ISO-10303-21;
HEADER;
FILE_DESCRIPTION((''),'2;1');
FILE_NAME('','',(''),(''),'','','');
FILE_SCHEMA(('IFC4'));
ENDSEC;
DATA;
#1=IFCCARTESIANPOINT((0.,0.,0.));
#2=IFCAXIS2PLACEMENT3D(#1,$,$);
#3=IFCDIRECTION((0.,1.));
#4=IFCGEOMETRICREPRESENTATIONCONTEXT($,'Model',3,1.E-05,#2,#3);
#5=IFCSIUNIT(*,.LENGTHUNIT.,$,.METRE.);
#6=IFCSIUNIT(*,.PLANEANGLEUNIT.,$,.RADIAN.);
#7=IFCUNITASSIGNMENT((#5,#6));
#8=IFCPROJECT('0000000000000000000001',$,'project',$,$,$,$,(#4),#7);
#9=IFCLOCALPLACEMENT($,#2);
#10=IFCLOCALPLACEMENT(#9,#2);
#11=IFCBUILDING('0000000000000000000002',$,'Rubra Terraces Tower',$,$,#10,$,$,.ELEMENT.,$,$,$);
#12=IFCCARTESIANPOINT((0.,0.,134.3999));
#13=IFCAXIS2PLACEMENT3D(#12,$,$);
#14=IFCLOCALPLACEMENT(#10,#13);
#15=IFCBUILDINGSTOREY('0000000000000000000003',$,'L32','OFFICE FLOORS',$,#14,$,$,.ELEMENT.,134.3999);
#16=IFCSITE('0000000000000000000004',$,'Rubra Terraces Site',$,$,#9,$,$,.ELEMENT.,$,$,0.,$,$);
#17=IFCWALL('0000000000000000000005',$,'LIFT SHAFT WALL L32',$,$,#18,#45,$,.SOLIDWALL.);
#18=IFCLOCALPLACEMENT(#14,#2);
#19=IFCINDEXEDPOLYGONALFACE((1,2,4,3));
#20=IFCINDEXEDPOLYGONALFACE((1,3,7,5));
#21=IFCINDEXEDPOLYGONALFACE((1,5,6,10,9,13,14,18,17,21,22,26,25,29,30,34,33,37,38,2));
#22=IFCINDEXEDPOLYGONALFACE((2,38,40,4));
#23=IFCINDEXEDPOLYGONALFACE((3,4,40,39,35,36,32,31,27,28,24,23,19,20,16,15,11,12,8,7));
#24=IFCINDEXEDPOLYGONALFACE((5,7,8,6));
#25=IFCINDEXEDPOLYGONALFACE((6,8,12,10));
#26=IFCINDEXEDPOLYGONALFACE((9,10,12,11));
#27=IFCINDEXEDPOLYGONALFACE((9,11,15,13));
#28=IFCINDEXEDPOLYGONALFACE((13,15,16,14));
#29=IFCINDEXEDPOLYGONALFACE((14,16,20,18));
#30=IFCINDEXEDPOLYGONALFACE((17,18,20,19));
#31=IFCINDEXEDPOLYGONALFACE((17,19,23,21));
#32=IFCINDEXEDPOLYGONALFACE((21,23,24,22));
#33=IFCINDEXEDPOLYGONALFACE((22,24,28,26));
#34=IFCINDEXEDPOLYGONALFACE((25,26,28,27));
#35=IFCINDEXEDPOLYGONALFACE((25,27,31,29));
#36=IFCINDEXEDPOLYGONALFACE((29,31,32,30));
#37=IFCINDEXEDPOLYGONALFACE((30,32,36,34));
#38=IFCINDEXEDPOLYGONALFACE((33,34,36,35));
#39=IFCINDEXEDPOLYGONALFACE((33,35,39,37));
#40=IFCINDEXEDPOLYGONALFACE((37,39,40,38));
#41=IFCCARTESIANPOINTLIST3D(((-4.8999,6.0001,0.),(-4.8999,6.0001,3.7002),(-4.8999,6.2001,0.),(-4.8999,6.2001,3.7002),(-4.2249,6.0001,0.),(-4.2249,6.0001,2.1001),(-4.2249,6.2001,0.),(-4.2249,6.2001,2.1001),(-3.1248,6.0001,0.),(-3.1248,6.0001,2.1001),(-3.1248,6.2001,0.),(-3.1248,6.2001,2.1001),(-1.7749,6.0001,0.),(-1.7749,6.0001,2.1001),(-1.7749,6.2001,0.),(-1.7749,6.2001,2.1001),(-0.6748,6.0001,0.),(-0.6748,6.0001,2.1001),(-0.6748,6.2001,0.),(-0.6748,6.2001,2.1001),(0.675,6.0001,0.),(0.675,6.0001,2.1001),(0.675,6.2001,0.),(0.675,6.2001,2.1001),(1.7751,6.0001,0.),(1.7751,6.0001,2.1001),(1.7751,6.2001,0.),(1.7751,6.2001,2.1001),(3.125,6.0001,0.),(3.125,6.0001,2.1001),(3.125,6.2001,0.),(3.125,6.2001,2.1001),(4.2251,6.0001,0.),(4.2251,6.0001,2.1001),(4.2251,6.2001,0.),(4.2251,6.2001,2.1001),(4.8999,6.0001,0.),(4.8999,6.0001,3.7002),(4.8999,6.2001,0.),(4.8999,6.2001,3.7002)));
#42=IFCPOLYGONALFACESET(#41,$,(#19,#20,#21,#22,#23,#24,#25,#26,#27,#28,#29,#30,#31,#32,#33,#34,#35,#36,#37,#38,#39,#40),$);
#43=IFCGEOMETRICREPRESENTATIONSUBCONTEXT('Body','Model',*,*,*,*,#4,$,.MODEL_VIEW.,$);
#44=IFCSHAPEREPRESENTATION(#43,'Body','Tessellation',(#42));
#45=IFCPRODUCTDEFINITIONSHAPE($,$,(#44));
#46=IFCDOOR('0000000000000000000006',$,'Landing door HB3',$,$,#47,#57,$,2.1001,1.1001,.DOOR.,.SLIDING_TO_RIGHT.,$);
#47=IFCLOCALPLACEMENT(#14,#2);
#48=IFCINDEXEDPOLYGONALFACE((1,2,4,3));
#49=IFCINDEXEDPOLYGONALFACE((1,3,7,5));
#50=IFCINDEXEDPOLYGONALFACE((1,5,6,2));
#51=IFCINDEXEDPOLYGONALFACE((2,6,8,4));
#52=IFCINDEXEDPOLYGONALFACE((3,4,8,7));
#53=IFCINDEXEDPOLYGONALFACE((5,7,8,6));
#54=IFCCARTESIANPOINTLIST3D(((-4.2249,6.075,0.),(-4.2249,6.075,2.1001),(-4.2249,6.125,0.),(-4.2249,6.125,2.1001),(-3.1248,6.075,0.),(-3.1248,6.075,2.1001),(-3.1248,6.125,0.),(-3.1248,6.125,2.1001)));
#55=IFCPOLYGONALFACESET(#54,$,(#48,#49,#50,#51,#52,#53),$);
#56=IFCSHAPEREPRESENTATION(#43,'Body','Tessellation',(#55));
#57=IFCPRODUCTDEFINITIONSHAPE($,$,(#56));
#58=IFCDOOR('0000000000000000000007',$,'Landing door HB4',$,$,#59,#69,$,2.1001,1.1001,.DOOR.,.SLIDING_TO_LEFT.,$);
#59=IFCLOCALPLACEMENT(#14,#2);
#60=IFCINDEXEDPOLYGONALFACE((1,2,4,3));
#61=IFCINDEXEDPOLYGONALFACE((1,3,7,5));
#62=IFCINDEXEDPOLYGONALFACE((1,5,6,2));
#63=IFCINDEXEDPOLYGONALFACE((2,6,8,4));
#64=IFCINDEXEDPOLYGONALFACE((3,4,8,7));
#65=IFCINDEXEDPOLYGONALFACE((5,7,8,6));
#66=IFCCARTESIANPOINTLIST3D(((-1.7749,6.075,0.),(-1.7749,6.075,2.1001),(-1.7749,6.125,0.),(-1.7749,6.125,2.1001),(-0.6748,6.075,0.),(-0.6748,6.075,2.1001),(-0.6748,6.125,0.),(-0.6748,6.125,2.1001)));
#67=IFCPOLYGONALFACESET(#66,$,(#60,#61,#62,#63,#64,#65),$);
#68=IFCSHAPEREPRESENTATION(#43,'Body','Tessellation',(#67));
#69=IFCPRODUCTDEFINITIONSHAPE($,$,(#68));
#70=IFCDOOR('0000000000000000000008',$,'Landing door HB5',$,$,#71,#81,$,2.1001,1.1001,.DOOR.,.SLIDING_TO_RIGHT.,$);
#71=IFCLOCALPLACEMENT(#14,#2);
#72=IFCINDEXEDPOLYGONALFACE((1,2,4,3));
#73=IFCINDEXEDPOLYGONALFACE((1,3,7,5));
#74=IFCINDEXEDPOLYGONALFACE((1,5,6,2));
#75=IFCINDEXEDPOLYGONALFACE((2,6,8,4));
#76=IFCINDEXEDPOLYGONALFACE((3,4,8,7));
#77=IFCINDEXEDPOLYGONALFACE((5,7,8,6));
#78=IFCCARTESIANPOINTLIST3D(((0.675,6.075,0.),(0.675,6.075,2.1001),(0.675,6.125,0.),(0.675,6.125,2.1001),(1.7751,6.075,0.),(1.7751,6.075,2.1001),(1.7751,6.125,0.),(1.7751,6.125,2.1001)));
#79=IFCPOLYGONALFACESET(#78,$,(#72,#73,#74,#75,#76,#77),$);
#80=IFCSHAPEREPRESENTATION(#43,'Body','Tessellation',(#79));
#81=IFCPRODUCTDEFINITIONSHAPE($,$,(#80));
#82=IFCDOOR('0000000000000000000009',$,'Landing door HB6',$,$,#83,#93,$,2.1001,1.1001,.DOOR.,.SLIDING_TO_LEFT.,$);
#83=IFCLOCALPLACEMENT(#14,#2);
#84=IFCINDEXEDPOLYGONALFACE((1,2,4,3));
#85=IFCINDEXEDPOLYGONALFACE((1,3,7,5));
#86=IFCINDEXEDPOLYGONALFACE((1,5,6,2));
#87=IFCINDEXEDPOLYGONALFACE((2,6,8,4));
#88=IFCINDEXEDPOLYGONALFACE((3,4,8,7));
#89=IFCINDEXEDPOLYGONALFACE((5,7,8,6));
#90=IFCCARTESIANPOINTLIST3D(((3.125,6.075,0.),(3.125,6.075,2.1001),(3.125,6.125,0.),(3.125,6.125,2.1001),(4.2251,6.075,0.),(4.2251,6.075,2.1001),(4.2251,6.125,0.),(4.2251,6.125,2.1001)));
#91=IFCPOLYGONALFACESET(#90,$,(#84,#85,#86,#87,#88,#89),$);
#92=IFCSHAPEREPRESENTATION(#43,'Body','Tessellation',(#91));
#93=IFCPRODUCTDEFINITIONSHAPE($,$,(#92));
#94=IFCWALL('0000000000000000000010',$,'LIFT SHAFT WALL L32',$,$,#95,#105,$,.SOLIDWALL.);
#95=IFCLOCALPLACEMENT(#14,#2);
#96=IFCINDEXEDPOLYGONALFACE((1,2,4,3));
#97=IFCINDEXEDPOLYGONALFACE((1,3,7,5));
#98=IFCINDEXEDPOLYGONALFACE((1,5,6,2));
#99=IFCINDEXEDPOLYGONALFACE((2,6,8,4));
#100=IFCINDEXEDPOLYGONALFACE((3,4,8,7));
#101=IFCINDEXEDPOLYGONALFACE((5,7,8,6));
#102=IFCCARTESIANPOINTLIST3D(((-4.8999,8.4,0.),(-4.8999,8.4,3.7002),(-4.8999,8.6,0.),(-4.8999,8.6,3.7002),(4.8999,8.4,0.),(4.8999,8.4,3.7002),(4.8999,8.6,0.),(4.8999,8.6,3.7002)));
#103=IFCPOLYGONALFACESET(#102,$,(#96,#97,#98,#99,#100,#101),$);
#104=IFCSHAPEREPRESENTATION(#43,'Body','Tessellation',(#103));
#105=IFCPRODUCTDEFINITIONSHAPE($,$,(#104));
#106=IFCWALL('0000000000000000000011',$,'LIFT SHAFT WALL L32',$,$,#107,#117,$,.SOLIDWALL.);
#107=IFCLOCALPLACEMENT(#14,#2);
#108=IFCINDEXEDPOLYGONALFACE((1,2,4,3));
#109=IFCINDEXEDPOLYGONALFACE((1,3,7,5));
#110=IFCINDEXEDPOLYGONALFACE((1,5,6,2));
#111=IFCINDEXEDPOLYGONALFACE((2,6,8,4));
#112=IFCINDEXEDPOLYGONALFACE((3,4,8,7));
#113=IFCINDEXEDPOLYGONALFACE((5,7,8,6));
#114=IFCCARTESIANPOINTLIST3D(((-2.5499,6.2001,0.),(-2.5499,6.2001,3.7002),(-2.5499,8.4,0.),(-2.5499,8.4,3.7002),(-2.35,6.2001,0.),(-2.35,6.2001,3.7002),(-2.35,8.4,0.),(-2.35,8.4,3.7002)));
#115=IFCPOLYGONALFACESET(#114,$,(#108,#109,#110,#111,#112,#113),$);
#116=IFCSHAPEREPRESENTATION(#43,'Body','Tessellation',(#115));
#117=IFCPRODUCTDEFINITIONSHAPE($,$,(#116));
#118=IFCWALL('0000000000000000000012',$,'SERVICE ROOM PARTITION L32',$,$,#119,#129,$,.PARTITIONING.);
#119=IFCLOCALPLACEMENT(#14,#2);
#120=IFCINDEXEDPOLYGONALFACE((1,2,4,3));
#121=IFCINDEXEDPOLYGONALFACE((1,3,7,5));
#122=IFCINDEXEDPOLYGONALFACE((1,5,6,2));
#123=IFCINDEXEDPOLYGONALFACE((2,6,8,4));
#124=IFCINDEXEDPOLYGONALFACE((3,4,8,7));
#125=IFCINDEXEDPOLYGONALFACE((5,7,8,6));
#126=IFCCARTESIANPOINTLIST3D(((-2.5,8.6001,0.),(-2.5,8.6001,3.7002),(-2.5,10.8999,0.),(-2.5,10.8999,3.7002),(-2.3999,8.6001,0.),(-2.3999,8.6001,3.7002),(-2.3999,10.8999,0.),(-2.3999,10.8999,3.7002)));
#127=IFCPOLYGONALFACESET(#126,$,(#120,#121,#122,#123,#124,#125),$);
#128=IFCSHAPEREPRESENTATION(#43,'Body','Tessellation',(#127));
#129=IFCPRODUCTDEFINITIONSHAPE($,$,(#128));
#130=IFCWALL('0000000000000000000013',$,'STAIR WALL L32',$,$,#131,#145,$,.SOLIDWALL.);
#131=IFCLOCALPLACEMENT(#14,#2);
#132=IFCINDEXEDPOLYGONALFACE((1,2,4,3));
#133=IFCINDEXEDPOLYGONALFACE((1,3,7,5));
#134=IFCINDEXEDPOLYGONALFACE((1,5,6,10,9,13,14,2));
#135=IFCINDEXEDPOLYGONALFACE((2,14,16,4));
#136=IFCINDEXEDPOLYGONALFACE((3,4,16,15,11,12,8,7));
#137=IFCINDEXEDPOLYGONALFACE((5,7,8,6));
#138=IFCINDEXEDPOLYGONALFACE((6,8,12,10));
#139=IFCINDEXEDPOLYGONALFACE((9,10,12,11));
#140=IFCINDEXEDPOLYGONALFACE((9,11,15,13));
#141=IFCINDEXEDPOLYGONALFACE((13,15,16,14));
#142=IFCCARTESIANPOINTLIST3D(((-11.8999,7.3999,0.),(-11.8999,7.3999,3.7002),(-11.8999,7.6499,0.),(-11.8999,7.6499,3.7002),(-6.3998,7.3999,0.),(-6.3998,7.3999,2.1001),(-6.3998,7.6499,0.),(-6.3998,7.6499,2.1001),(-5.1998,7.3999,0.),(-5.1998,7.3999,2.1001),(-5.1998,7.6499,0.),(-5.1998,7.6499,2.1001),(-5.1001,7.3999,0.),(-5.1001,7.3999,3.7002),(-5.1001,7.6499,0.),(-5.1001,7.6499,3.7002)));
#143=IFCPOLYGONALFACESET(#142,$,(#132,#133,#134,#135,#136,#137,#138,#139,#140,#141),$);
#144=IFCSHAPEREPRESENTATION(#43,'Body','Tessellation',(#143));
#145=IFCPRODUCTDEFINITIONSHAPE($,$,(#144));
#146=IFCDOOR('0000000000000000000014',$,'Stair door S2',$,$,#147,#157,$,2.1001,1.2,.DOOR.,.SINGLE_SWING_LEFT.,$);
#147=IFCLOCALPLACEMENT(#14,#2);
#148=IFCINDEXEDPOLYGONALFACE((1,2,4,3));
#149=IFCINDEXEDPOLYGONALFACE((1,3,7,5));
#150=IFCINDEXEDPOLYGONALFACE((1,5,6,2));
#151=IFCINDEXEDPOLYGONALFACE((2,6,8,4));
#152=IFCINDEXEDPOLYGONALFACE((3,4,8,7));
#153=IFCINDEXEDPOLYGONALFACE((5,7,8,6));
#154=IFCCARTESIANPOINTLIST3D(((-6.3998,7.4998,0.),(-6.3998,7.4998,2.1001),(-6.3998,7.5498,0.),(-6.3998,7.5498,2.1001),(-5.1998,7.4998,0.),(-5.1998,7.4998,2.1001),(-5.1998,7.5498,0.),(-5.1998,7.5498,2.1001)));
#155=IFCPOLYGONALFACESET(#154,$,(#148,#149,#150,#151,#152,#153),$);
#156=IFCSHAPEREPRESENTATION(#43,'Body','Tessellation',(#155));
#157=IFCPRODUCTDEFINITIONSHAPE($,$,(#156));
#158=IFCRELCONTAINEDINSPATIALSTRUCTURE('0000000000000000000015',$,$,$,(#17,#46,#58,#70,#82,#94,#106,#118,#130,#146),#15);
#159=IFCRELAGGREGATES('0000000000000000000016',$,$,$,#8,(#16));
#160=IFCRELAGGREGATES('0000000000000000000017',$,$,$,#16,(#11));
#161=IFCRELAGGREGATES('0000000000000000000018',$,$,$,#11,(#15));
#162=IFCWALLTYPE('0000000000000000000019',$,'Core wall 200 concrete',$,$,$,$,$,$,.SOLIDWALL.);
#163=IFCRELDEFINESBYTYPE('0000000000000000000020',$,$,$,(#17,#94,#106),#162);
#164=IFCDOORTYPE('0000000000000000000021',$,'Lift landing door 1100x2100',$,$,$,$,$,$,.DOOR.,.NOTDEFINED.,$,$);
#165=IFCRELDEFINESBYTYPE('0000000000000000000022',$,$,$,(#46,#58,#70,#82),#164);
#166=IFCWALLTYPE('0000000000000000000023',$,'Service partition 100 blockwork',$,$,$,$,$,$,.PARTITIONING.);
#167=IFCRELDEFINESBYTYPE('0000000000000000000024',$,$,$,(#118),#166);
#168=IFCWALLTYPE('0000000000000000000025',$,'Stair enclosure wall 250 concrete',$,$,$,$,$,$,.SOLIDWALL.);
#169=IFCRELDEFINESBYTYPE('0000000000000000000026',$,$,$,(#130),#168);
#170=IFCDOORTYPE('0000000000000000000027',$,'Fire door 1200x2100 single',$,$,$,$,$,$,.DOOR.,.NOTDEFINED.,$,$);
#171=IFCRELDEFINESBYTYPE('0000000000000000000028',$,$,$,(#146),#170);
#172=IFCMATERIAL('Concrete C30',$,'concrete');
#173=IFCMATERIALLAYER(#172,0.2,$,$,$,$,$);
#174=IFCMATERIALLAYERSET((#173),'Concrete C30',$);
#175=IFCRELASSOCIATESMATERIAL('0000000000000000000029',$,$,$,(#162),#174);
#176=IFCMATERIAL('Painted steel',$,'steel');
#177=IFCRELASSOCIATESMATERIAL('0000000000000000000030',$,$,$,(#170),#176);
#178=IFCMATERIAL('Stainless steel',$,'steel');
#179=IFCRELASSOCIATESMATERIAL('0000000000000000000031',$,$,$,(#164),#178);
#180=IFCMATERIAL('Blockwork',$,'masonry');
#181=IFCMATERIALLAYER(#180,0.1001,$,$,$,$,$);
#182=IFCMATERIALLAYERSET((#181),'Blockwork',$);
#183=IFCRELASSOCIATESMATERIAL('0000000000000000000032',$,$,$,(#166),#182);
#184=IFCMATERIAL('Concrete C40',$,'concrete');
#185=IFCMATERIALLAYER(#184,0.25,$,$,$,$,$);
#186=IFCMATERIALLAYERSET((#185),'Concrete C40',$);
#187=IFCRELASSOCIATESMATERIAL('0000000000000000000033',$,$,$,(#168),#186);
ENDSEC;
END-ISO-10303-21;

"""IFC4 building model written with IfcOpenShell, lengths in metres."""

from ifc_helpers import new_model, si_unit, direction, frame, frame_2d, origin, place, context, subcontext, project, spatial, rectangle, extrude, material, layer, layer_set, type_object, element, fill, save


model = new_model("IFC4")

# Units and contexts
model_context = context("Model", 3, precision=1e-05, world=origin(), true_north=direction((0.0, 1.0)))
body_context = subcontext(model_context, "Body", "Model", "MODEL_VIEW")
ifc_project = project(units=[si_unit("LENGTHUNIT", "METRE"), si_unit("PLANEANGLEUNIT", "RADIAN")], contexts=[model_context])

# Site, building, storey
site_placement = place(None, origin())
site = spatial("IfcSite", under=ifc_project, at=site_placement, Name="Rubra Terraces Site", CompositionType="ELEMENT", RefElevation=0.0)
building_placement = place(site_placement, origin())
building = spatial("IfcBuilding", under=site, at=building_placement, Name="Rubra Terraces Tower", CompositionType="ELEMENT")
storey_placement = place(building_placement, frame((0.0, 0.0, 134.3999)))
storey = spatial("IfcBuildingStorey", under=building, at=storey_placement, Name="L32", Description="OFFICE FLOORS", CompositionType="ELEMENT", Elevation=134.3999)

# Shared definitions
ifc_material_1 = material(Name="Concrete C40", Category="concrete")

# Shared definitions
ifc_material_2 = material(Name="Concrete C30", Category="concrete")
ifc_layer_1 = layer(ifc_material_2, 0.2)
ifc_layer_set_1 = layer_set([ifc_layer_1], Name="Concrete C30")
wall_type_1 = type_object("IfcWallType", Name="Core wall 200 concrete", PredefinedType="SOLIDWALL", material=ifc_layer_set_1)
ifc_material_3 = material(Name="Painted steel", Category="steel")
door_type_1 = type_object("IfcDoorType", Name="Fire door 1200x2100 single", OperationType="NOTDEFINED", PredefinedType="DOOR", material=ifc_material_3)
ifc_material_4 = material(Name="Stainless steel", Category="steel")

# Wall, openings, doors
door_type_2 = type_object("IfcDoorType", Name="Lift landing door 1100x2100", OperationType="NOTDEFINED", PredefinedType="DOOR", material=ifc_material_4)
wall_1_placement = place(storey_placement, frame((-4.8999, 6.1001, 0.0), z_axis=(0.0, 0.0, 1.0), x_axis=(1.0, 0.0, 0.0)))
wall_1 = element("IfcWall", 1, at=wall_1_placement, inside=storey, type_object=wall_type_1, Name="LIFT SHAFT WALL L32", PredefinedType="SOLIDWALL", context=body_context, shape_type="SweptSolid", body=[
    extrude(rectangle(XDim=9.7998, YDim=0.2, at=frame_2d((4.8999, 0.0))), origin(), (0.0, 0.0, 1.0), 3.7002),
])
opening_1_placement = place(wall_1_placement, frame((0.675, 0.0, 0.0)))
opening_1 = element("IfcOpeningElement", 2, at=opening_1_placement, cuts=wall_1, PredefinedType="OPENING", context=body_context, shape_type="SweptSolid", body=[
    extrude(rectangle(XDim=1.1001, YDim=2.1001, at=frame_2d((0.55, 1.05))), frame((0.0, 0.1099, 0.0), z_axis=(0.0, -1.0, 0.0), x_axis=(1.0, 0.0, 0.0)), (0.0, 0.0, 1.0), 0.22),
])
opening_2_placement = place(wall_1_placement, frame((3.125, 0.0, 0.0)))
opening_2 = element("IfcOpeningElement", 3, at=opening_2_placement, cuts=wall_1, PredefinedType="OPENING", context=body_context, shape_type="SweptSolid", body=[
    extrude(rectangle(XDim=1.1001, YDim=2.1001, at=frame_2d((0.55, 1.05))), frame((0.0, 0.1099, 0.0), z_axis=(0.0, -1.0, 0.0), x_axis=(1.0, 0.0, 0.0)), (0.0, 0.0, 1.0), 0.22),
])
opening_3_placement = place(wall_1_placement, frame((5.575, 0.0, 0.0)))
opening_3 = element("IfcOpeningElement", 4, at=opening_3_placement, cuts=wall_1, PredefinedType="OPENING", context=body_context, shape_type="SweptSolid", body=[
    extrude(rectangle(XDim=1.1001, YDim=2.1001, at=frame_2d((0.55, 1.05))), frame((0.0, 0.1099, 0.0), z_axis=(0.0, -1.0, 0.0), x_axis=(1.0, 0.0, 0.0)), (0.0, 0.0, 1.0), 0.22),
])
opening_4_placement = place(wall_1_placement, frame((8.0249, 0.0, 0.0)))
opening_4 = element("IfcOpeningElement", 5, at=opening_4_placement, cuts=wall_1, PredefinedType="OPENING", context=body_context, shape_type="SweptSolid", body=[
    extrude(rectangle(XDim=1.1001, YDim=2.1001, at=frame_2d((0.55, 1.05))), frame((0.0, 0.1099, 0.0), z_axis=(0.0, -1.0, 0.0), x_axis=(1.0, 0.0, 0.0)), (0.0, 0.0, 1.0), 0.22),
])
door_1_placement = place(opening_1_placement, origin())
door_1 = element("IfcDoor", 6, at=door_1_placement, inside=storey, type_object=door_type_2, Name="Landing door HB3", OperationType="SLIDING_TO_RIGHT", OverallHeight=2.1001, OverallWidth=1.1001, PredefinedType="DOOR", context=body_context, shape_type="SweptSolid", body=[
    extrude(rectangle(XDim=1.1001, YDim=2.1001, at=frame_2d((0.55, 1.05))), frame((0.0, 0.0249, 0.0), z_axis=(0.0, -1.0, 0.0), x_axis=(1.0, 0.0, 0.0)), (0.0, 0.0, 1.0), 0.05),
])
fill(opening_1, door_1)
door_2_placement = place(opening_2_placement, origin())
door_2 = element("IfcDoor", 7, at=door_2_placement, inside=storey, type_object=door_type_2, Name="Landing door HB4", OperationType="SLIDING_TO_LEFT", OverallHeight=2.1001, OverallWidth=1.1001, PredefinedType="DOOR", context=body_context, shape_type="SweptSolid", body=[
    extrude(rectangle(XDim=1.1001, YDim=2.1001, at=frame_2d((0.55, 1.05))), frame((0.0, 0.0249, 0.0), z_axis=(0.0, -1.0, 0.0), x_axis=(1.0, 0.0, 0.0)), (0.0, 0.0, 1.0), 0.05),
])
fill(opening_2, door_2)
door_3_placement = place(opening_3_placement, origin())
door_3 = element("IfcDoor", 8, at=door_3_placement, inside=storey, type_object=door_type_2, Name="Landing door HB5", OperationType="SLIDING_TO_RIGHT", OverallHeight=2.1001, OverallWidth=1.1001, PredefinedType="DOOR", context=body_context, shape_type="SweptSolid", body=[
    extrude(rectangle(XDim=1.1001, YDim=2.1001, at=frame_2d((0.55, 1.05))), frame((0.0, 0.0249, 0.0), z_axis=(0.0, -1.0, 0.0), x_axis=(1.0, 0.0, 0.0)), (0.0, 0.0, 1.0), 0.05),
])
fill(opening_3, door_3)
door_4_placement = place(opening_4_placement, origin())
door_4 = element("IfcDoor", 9, at=door_4_placement, inside=storey, type_object=door_type_2, Name="Landing door HB6", OperationType="SLIDING_TO_LEFT", OverallHeight=2.1001, OverallWidth=1.1001, PredefinedType="DOOR", context=body_context, shape_type="SweptSolid", body=[
    extrude(rectangle(XDim=1.1001, YDim=2.1001, at=frame_2d((0.55, 1.05))), frame((0.0, 0.0249, 0.0), z_axis=(0.0, -1.0, 0.0), x_axis=(1.0, 0.0, 0.0)), (0.0, 0.0, 1.0), 0.05),
])
fill(opening_4, door_4)

# Walls
wall_2_placement = place(storey_placement, frame((-4.8999, 8.5, 0.0), z_axis=(0.0, 0.0, 1.0), x_axis=(1.0, 0.0, 0.0)))
element("IfcWall", 10, at=wall_2_placement, inside=storey, type_object=wall_type_1, Name="LIFT SHAFT WALL L32", PredefinedType="SOLIDWALL", context=body_context, shape_type="SweptSolid", body=[
    extrude(rectangle(XDim=9.7998, YDim=0.2, at=frame_2d((4.8999, 0.0))), origin(), (0.0, 0.0, 1.0), 3.7002),
])
wall_3_placement = place(storey_placement, frame((-2.45, 6.2, 0.0), z_axis=(0.0, 0.0, 1.0), x_axis=(0.0, 1.0, 0.0)))
element("IfcWall", 11, at=wall_3_placement, inside=storey, type_object=wall_type_1, Name="LIFT SHAFT WALL L32", PredefinedType="SOLIDWALL", context=body_context, shape_type="SweptSolid", body=[
    extrude(rectangle(XDim=2.2, YDim=0.2, at=frame_2d((1.1001, 0.0))), origin(), (0.0, 0.0, 1.0), 3.7002),
])
ifc_material_5 = material(Name="Blockwork", Category="masonry")
ifc_layer_2 = layer(ifc_material_5, 0.1001)
ifc_layer_set_2 = layer_set([ifc_layer_2], Name="Blockwork")
wall_type_2 = type_object("IfcWallType", Name="Service partition 100 blockwork", PredefinedType="PARTITIONING", material=ifc_layer_set_2)
wall_4_placement = place(storey_placement, frame((-2.45, 8.6001, 0.0), z_axis=(0.0, 0.0, 1.0), x_axis=(0.0, 1.0, 0.0)))
element("IfcWall", 12, at=wall_4_placement, inside=storey, type_object=wall_type_2, Name="SERVICE ROOM PARTITION L32", PredefinedType="PARTITIONING", context=body_context, shape_type="SweptSolid", body=[
    extrude(rectangle(XDim=2.2998, YDim=0.1001, at=frame_2d((1.1499, 0.0))), origin(), (0.0, 0.0, 1.0), 3.7002),
])

# Wall, opening, door
ifc_layer_3 = layer(ifc_material_1, 0.25)
ifc_layer_set_3 = layer_set([ifc_layer_3], Name="Concrete C40")
wall_type_3 = type_object("IfcWallType", Name="Stair enclosure wall 250 concrete", PredefinedType="SOLIDWALL", material=ifc_layer_set_3)
wall_5_placement = place(storey_placement, frame((-11.8999, 7.5249, 0.0), z_axis=(0.0, 0.0, 1.0), x_axis=(1.0, 0.0, 0.0)))
wall_5 = element("IfcWall", 13, at=wall_5_placement, inside=storey, type_object=wall_type_3, Name="STAIR WALL L32", PredefinedType="SOLIDWALL", context=body_context, shape_type="SweptSolid", body=[
    extrude(rectangle(XDim=6.7998, YDim=0.25, at=frame_2d((3.3999, 0.0))), origin(), (0.0, 0.0, 1.0), 3.7002),
])
opening_5_placement = place(wall_5_placement, frame((5.5, 0.0, 0.0)))
opening_5 = element("IfcOpeningElement", 14, at=opening_5_placement, cuts=wall_5, PredefinedType="OPENING", context=body_context, shape_type="SweptSolid", body=[
    extrude(rectangle(XDim=1.2, YDim=2.1001, at=frame_2d((0.6001, 1.05))), frame((0.0, 0.135, 0.0), z_axis=(0.0, -1.0, 0.0), x_axis=(1.0, 0.0, 0.0)), (0.0, 0.0, 1.0), 0.27),
])
door_5_placement = place(opening_5_placement, origin())
door_5 = element("IfcDoor", 15, at=door_5_placement, inside=storey, type_object=door_type_1, Name="Stair door S2", OperationType="SINGLE_SWING_LEFT", OverallHeight=2.1001, OverallWidth=1.2, PredefinedType="DOOR", context=body_context, shape_type="SweptSolid", body=[
    extrude(rectangle(XDim=1.2, YDim=2.1001, at=frame_2d((0.6001, 1.05))), frame((0.0, 0.0249, 0.0), z_axis=(0.0, -1.0, 0.0), x_axis=(1.0, 0.0, 0.0)), (0.0, 0.0, 1.0), 0.05),
])
fill(opening_5, door_5)

save(model, "model.ifc")
